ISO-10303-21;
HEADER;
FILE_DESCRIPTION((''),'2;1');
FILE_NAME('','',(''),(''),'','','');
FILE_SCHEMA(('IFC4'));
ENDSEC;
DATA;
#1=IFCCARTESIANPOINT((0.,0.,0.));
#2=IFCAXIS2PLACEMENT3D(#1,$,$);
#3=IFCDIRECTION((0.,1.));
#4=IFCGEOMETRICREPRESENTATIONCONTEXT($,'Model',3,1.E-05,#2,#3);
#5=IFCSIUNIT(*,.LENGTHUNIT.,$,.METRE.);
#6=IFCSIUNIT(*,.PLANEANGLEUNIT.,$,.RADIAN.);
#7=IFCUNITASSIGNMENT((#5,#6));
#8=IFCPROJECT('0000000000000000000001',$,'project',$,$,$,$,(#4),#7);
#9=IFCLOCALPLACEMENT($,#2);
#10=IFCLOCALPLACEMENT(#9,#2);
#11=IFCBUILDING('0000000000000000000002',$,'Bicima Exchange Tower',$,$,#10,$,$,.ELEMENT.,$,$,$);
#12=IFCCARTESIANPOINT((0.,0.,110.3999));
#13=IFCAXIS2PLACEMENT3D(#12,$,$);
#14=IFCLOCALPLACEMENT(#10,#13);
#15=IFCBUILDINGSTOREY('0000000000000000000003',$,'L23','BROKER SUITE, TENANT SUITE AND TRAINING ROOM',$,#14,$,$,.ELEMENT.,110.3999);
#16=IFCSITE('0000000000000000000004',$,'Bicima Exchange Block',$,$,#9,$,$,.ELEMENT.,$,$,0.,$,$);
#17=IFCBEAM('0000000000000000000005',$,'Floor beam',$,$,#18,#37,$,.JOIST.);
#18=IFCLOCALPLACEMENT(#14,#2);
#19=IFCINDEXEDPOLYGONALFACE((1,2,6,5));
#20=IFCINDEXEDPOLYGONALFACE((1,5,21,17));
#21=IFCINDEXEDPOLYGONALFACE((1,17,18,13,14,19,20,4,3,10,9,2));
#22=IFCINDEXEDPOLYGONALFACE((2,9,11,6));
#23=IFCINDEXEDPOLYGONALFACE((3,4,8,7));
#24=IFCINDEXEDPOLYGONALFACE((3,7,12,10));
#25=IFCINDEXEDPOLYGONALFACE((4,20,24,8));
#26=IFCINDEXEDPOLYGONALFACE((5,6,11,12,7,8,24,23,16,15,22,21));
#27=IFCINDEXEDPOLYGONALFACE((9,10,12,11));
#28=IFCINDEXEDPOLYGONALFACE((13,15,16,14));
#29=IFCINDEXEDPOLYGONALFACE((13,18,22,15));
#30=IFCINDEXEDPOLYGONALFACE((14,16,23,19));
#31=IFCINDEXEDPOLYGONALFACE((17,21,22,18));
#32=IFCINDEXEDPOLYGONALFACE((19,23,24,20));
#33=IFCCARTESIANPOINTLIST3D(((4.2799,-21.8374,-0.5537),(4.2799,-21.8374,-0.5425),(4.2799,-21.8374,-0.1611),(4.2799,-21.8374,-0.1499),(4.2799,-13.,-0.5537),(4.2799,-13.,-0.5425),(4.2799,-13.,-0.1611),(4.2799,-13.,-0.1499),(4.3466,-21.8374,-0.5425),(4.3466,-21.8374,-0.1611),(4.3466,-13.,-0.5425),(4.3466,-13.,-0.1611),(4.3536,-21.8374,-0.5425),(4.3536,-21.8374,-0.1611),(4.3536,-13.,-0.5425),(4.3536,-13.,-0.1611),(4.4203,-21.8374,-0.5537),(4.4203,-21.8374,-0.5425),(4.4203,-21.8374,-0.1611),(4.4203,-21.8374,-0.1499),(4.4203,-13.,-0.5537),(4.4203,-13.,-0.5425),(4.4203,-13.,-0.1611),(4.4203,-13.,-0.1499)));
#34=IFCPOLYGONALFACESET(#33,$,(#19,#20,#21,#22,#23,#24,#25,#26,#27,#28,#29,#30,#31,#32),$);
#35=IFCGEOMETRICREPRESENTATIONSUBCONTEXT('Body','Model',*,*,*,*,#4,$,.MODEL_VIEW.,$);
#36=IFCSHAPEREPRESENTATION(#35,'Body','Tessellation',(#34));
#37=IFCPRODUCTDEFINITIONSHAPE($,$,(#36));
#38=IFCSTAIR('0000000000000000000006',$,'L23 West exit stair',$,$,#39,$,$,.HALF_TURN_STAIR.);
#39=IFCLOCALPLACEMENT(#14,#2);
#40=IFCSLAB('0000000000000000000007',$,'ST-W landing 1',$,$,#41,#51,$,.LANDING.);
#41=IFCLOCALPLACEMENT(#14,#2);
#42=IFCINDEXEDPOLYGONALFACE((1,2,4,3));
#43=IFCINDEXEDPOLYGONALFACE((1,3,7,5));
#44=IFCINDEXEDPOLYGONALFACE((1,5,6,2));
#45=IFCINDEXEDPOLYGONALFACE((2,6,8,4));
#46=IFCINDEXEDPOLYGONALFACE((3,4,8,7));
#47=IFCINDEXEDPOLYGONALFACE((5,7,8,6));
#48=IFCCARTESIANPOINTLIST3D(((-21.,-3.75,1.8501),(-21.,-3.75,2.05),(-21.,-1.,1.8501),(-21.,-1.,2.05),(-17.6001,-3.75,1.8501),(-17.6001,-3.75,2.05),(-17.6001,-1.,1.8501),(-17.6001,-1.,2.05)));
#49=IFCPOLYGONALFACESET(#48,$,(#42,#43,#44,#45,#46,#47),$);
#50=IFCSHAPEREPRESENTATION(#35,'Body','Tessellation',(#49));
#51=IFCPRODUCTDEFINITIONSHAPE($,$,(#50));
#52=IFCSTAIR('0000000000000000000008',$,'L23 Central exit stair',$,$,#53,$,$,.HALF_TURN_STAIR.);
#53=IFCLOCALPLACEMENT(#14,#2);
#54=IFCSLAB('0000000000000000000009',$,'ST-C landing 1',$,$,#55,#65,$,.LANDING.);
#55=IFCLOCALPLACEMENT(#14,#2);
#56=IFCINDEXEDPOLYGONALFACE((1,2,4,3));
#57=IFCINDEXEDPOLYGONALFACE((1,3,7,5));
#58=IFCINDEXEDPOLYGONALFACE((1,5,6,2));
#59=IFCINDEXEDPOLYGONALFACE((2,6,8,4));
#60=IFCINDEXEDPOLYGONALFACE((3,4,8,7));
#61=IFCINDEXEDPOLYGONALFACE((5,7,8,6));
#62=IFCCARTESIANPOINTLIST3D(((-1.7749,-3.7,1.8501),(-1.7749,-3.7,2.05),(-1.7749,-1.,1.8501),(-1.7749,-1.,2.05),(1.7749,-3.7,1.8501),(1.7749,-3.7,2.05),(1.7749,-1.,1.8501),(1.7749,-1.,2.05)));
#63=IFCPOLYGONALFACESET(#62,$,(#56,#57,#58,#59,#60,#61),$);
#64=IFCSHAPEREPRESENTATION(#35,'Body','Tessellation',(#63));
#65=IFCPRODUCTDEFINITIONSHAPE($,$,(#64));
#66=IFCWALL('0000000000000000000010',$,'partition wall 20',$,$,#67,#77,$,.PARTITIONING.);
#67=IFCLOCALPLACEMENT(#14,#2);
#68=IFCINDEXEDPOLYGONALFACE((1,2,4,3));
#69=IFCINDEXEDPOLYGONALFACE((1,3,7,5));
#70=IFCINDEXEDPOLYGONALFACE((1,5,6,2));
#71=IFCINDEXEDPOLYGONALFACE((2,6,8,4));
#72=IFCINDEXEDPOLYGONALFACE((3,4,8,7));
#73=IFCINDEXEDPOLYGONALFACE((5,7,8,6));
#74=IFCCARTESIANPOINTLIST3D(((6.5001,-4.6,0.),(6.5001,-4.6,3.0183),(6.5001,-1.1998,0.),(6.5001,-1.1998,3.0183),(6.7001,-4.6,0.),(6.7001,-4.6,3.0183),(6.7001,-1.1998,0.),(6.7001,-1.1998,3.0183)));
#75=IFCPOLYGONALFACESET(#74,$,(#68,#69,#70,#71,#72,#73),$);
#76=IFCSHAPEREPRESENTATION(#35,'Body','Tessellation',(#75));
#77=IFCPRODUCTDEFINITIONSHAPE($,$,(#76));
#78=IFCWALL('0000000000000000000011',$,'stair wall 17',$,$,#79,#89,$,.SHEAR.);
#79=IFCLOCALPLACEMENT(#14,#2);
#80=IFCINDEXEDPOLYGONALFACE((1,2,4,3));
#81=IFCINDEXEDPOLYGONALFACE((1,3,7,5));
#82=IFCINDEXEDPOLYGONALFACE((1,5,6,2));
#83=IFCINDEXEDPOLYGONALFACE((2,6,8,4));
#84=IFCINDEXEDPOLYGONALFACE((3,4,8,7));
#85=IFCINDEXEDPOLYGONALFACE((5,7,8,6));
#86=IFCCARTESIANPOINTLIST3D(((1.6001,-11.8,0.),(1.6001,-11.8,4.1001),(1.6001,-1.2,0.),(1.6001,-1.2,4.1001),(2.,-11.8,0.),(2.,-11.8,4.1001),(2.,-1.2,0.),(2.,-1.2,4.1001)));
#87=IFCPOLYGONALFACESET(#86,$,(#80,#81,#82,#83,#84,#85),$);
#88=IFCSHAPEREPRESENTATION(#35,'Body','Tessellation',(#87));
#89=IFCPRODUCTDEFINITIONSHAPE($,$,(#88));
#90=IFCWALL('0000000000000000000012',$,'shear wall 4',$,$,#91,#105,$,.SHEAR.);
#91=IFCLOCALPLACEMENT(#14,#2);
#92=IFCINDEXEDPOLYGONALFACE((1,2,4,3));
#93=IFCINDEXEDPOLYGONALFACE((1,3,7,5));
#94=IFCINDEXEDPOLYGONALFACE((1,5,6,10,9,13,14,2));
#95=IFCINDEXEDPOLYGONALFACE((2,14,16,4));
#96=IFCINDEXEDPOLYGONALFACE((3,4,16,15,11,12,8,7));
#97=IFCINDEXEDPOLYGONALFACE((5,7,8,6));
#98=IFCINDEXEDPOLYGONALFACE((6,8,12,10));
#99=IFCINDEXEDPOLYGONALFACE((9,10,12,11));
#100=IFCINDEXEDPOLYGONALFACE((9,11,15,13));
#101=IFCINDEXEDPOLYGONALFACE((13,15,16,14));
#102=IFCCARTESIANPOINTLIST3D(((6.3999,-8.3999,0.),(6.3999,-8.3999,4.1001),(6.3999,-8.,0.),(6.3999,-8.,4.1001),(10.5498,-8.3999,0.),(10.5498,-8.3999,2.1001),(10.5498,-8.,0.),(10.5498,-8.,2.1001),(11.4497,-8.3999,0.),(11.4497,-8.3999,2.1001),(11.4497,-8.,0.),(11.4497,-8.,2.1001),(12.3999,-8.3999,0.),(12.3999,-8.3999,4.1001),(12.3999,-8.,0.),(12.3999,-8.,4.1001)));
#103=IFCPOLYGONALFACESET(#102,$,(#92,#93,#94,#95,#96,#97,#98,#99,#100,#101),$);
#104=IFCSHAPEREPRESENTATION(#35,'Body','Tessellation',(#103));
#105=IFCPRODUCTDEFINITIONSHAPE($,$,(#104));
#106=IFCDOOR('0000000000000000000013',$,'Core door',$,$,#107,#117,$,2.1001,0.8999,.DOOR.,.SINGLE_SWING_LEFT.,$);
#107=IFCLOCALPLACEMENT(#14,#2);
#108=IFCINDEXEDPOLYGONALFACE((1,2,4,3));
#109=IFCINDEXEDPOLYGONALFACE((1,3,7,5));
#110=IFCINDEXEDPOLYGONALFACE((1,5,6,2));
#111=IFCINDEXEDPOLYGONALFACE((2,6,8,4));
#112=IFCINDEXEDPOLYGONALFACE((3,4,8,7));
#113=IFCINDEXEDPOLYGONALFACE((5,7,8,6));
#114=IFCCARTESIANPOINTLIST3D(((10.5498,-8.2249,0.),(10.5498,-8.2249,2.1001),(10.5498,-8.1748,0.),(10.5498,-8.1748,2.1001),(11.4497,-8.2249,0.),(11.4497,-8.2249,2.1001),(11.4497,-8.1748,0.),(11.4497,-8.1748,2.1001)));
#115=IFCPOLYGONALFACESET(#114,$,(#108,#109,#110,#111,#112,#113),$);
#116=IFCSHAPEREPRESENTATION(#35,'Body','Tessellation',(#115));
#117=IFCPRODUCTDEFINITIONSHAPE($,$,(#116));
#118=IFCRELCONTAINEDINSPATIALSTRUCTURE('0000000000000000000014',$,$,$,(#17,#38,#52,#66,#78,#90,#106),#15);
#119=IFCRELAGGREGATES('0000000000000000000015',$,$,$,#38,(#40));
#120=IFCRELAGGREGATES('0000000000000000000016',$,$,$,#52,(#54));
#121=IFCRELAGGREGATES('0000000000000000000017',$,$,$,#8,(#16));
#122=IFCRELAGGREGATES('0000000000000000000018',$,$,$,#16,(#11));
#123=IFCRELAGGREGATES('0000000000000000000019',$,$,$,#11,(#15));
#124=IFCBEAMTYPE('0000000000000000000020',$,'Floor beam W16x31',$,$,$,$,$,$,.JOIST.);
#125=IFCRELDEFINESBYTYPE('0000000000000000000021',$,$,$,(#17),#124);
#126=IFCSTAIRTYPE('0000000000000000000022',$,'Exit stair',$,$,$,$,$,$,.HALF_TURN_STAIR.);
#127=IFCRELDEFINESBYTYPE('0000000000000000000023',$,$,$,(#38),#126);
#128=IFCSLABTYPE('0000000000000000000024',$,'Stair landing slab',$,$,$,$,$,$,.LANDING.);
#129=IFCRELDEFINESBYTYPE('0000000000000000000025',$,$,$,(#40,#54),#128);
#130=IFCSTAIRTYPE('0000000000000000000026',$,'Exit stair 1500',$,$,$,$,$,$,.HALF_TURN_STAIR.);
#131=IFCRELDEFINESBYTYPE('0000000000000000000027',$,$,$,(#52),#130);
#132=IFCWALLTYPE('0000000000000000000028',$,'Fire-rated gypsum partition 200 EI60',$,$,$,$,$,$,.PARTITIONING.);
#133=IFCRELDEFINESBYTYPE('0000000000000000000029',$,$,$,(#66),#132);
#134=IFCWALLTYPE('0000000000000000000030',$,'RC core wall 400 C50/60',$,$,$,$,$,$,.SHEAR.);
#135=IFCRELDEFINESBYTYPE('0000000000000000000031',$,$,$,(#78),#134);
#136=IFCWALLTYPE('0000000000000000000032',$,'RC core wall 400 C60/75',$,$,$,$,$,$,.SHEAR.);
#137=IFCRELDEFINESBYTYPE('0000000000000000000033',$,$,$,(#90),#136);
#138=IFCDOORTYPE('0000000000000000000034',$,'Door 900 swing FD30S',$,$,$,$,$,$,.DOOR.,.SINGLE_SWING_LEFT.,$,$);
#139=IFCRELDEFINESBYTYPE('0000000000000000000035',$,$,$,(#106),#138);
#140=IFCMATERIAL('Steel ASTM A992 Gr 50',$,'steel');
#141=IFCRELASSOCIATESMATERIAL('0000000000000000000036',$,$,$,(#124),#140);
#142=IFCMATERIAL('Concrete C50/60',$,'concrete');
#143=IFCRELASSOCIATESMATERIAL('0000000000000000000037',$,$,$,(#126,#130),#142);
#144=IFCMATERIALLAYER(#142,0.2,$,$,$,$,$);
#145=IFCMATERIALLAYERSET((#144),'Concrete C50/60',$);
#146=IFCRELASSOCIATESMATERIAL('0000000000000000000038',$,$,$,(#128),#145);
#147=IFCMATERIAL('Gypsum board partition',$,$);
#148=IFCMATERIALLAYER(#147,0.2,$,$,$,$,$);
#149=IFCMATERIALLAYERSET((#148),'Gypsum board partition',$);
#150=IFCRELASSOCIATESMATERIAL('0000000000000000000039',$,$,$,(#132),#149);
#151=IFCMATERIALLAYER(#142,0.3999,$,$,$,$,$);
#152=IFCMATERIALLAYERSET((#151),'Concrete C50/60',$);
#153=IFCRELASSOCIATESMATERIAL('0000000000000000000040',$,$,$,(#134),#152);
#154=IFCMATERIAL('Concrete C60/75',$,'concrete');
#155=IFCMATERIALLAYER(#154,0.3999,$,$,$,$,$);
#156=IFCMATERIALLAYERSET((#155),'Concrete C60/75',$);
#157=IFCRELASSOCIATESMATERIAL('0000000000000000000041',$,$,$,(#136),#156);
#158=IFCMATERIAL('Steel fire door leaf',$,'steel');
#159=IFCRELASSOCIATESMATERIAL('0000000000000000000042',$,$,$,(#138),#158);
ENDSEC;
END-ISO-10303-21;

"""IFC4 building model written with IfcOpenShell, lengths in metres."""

from ifc_helpers import new_model, si_unit, direction, frame, frame_2d, origin, origin_2d, place, context, subcontext, project, spatial, polyline, rectangle, i_section, outline, extrude, material, layer, layer_set, material_profile, profile_set, type_object, element, fill, aggregate, save


model = new_model("IFC4")

# Units and contexts
model_context = context("Model", 3, precision=1e-05, world=origin(), true_north=direction((0.0, 1.0)))
body_context = subcontext(model_context, "Body", "Model", "MODEL_VIEW")
ifc_project = project(units=[si_unit("LENGTHUNIT", "METRE"), si_unit("PLANEANGLEUNIT", "RADIAN")], contexts=[model_context])

# Site, building, storey
site_placement = place(None, origin())
site = spatial("IfcSite", under=ifc_project, at=site_placement, Name="Bicima Exchange Block", CompositionType="ELEMENT", RefElevation=0.0)
building_placement = place(site_placement, origin())
building = spatial("IfcBuilding", under=site, at=building_placement, Name="Bicima Exchange Tower", CompositionType="ELEMENT")
storey_placement = place(building_placement, frame((0.0, 0.0, 110.3999)))
storey = spatial("IfcBuildingStorey", under=building, at=storey_placement, Name="L23", Description="BROKER SUITE, TENANT SUITE AND TRAINING ROOM", CompositionType="ELEMENT", Elevation=110.3999)

# Beam
ifc_material_1 = material(Name="Steel ASTM A992 Gr 50", Category="steel")
ifc_material_profile = material_profile(ifc_material_1, i_section(OverallWidth=0.1404, OverallDepth=0.4038, WebThickness=0.0071, FlangeThickness=0.0112, at=origin_2d()))
ifc_profile_set = profile_set([ifc_material_profile], Name="Steel ASTM A992 Gr 50")
beam_type = type_object("IfcBeamType", Name="Floor beam W16x31", PredefinedType="JOIST", material=ifc_profile_set)
beam_placement = place(storey_placement, frame((4.3501, -13.0, -0.3518), z_axis=(0.0, -1.0, 0.0), x_axis=(1.0, 0.0, 0.0)))
element("IfcBeam", 1, at=beam_placement, inside=storey, type_object=beam_type, Name="Floor beam", PredefinedType="JOIST", context=body_context, shape_type="SweptSolid", body=[
    extrude(i_section(OverallWidth=0.1404, OverallDepth=0.4038, WebThickness=0.0071, FlangeThickness=0.0112, at=origin_2d()), origin(), (0.0, 0.0, 1.0), 8.8374),
])

# Stairs, slabs
ifc_material_2 = material(Name="Concrete C50/60", Category="concrete")
stair_type_1 = type_object("IfcStairType", Name="Exit stair", PredefinedType="HALF_TURN_STAIR", material=ifc_material_2)
stair_1_placement = place(storey_placement, origin())
stair_1 = element("IfcStair", 2, at=stair_1_placement, inside=storey, type_object=stair_type_1, Name="L23 West exit stair", PredefinedType="HALF_TURN_STAIR")
ifc_layer_1 = layer(ifc_material_2, 0.2)
ifc_layer_set_1 = layer_set([ifc_layer_1], Name="Concrete C50/60")
slab_type = type_object("IfcSlabType", Name="Stair landing slab", PredefinedType="LANDING", material=ifc_layer_set_1)
slab_1_placement = place(storey_placement, frame((0.0, 0.0, 1.8501)))
slab_1 = element("IfcSlab", 3, at=slab_1_placement, type_object=slab_type, Name="ST-W landing 1", PredefinedType="LANDING", context=body_context, shape_type="SweptSolid", body=[
    extrude(outline(polyline([(-17.6001, -3.75), (-17.6001, -1.0), (-21.0, -1.0), (-21.0, -3.75), (-17.6001, -3.75)])), origin(), (0.0, 0.0, 1.0), 0.2),
])
aggregate(stair_1, [slab_1])
stair_type_2 = type_object("IfcStairType", Name="Exit stair 1500", PredefinedType="HALF_TURN_STAIR", material=ifc_material_2)
stair_2_placement = place(storey_placement, origin())
stair_2 = element("IfcStair", 4, at=stair_2_placement, inside=storey, type_object=stair_type_2, Name="L23 Central exit stair", PredefinedType="HALF_TURN_STAIR")
slab_2_placement = place(storey_placement, frame((0.0, 0.0, 1.8501)))
slab_2 = element("IfcSlab", 5, at=slab_2_placement, type_object=slab_type, Name="ST-C landing 1", PredefinedType="LANDING", context=body_context, shape_type="SweptSolid", body=[
    extrude(outline(polyline([(1.7749, -3.7), (1.7749, -1.0), (-1.7749, -1.0), (-1.7749, -3.7), (1.7749, -3.7)])), origin(), (0.0, 0.0, 1.0), 0.2),
])

# Walls
ifc_material_3 = material(Name="Gypsum board partition")
ifc_layer_2 = layer(ifc_material_3, 0.2)
ifc_layer_set_2 = layer_set([ifc_layer_2], Name="Gypsum board partition")
wall_type_1 = type_object("IfcWallType", Name="Fire-rated gypsum partition 200 EI60", PredefinedType="PARTITIONING", material=ifc_layer_set_2)
wall_1_placement = place(storey_placement, frame((6.6001, -4.6001, 0.0), z_axis=(0.0, 0.0, 1.0), x_axis=(0.0, 1.0, 0.0)))
element("IfcWall", 6, at=wall_1_placement, inside=storey, type_object=wall_type_1, Name="partition wall 20", PredefinedType="PARTITIONING", context=body_context, shape_type="SweptSolid", body=[
    extrude(rectangle(XDim=3.4001, YDim=0.2, at=frame_2d((1.7002, 0.0))), origin(), (0.0, 0.0, 1.0), 3.0183),
])
ifc_layer_3 = layer(ifc_material_2, 0.3999)
ifc_layer_set_3 = layer_set([ifc_layer_3], Name="Concrete C50/60")
wall_type_2 = type_object("IfcWallType", Name="RC core wall 400 C50/60", PredefinedType="SHEAR", material=ifc_layer_set_3)
wall_2_placement = place(storey_placement, frame((1.8, -11.8, 0.0), z_axis=(0.0, 0.0, 1.0), x_axis=(0.0, 1.0, 0.0)))
element("IfcWall", 7, at=wall_2_placement, inside=storey, type_object=wall_type_2, Name="stair wall 17", PredefinedType="SHEAR", context=body_context, shape_type="SweptSolid", body=[
    extrude(rectangle(XDim=10.6001, YDim=0.3999, at=frame_2d((5.3, 0.0))), origin(), (0.0, 0.0, 1.0), 4.1001),
])

# Wall, opening, door
ifc_material_4 = material(Name="Concrete C60/75", Category="concrete")
ifc_layer_4 = layer(ifc_material_4, 0.3999)
ifc_layer_set_4 = layer_set([ifc_layer_4], Name="Concrete C60/75")
wall_type_3 = type_object("IfcWallType", Name="RC core wall 400 C60/75", PredefinedType="SHEAR", material=ifc_layer_set_4)
wall_3_placement = place(storey_placement, frame((6.3999, -8.2, 0.0), z_axis=(0.0, 0.0, 1.0), x_axis=(1.0, 0.0, 0.0)))
wall_3 = element("IfcWall", 8, at=wall_3_placement, inside=storey, type_object=wall_type_3, Name="shear wall 4", PredefinedType="SHEAR", context=body_context, shape_type="SweptSolid", body=[
    extrude(rectangle(XDim=6.0, YDim=0.3999, at=frame_2d((3.0, 0.0))), origin(), (0.0, 0.0, 1.0), 4.1001),
])
opening_1_placement = place(wall_3_placement, frame((4.1499, 0.0, 0.0)))
opening_1 = element("IfcOpeningElement", 9, at=opening_1_placement, cuts=wall_3, PredefinedType="OPENING", context=body_context, shape_type="SweptSolid", body=[
    extrude(rectangle(XDim=0.8999, YDim=2.1001, at=frame_2d((0.45, 1.05))), frame((0.0, 0.2119, 0.0), z_axis=(0.0, -1.0, 0.0), x_axis=(1.0, 0.0, 0.0)), (0.0, 0.0, 1.0), 0.4238),
])
ifc_material_5 = material(Name="Steel fire door leaf", Category="steel")
door_type_1 = type_object("IfcDoorType", Name="Door 900 swing FD30S", OperationType="SINGLE_SWING_LEFT", PredefinedType="DOOR", material=ifc_material_5)
door_1_placement = place(opening_1_placement, frame((0.8999, 0.0, 0.0), z_axis=(0.0, 0.0, 1.0), x_axis=(-1.0, 0.0, 0.0)))
door_1 = element("IfcDoor", 10, at=door_1_placement, inside=storey, type_object=door_type_1, Name="Core door", OperationType="SINGLE_SWING_LEFT", OverallHeight=2.1001, OverallWidth=0.8999, PredefinedType="DOOR", context=body_context, shape_type="SweptSolid", body=[
    extrude(rectangle(XDim=0.8999, YDim=2.1001, at=frame_2d((0.45, 1.05))), frame((0.0, 0.0249, 0.0), z_axis=(0.0, -1.0, 0.0), x_axis=(1.0, 0.0, 0.0)), (0.0, 0.0, 1.0), 0.05),
])
fill(opening_1, door_1)

aggregate(stair_2, [slab_2])

save(model, "model.ifc")
